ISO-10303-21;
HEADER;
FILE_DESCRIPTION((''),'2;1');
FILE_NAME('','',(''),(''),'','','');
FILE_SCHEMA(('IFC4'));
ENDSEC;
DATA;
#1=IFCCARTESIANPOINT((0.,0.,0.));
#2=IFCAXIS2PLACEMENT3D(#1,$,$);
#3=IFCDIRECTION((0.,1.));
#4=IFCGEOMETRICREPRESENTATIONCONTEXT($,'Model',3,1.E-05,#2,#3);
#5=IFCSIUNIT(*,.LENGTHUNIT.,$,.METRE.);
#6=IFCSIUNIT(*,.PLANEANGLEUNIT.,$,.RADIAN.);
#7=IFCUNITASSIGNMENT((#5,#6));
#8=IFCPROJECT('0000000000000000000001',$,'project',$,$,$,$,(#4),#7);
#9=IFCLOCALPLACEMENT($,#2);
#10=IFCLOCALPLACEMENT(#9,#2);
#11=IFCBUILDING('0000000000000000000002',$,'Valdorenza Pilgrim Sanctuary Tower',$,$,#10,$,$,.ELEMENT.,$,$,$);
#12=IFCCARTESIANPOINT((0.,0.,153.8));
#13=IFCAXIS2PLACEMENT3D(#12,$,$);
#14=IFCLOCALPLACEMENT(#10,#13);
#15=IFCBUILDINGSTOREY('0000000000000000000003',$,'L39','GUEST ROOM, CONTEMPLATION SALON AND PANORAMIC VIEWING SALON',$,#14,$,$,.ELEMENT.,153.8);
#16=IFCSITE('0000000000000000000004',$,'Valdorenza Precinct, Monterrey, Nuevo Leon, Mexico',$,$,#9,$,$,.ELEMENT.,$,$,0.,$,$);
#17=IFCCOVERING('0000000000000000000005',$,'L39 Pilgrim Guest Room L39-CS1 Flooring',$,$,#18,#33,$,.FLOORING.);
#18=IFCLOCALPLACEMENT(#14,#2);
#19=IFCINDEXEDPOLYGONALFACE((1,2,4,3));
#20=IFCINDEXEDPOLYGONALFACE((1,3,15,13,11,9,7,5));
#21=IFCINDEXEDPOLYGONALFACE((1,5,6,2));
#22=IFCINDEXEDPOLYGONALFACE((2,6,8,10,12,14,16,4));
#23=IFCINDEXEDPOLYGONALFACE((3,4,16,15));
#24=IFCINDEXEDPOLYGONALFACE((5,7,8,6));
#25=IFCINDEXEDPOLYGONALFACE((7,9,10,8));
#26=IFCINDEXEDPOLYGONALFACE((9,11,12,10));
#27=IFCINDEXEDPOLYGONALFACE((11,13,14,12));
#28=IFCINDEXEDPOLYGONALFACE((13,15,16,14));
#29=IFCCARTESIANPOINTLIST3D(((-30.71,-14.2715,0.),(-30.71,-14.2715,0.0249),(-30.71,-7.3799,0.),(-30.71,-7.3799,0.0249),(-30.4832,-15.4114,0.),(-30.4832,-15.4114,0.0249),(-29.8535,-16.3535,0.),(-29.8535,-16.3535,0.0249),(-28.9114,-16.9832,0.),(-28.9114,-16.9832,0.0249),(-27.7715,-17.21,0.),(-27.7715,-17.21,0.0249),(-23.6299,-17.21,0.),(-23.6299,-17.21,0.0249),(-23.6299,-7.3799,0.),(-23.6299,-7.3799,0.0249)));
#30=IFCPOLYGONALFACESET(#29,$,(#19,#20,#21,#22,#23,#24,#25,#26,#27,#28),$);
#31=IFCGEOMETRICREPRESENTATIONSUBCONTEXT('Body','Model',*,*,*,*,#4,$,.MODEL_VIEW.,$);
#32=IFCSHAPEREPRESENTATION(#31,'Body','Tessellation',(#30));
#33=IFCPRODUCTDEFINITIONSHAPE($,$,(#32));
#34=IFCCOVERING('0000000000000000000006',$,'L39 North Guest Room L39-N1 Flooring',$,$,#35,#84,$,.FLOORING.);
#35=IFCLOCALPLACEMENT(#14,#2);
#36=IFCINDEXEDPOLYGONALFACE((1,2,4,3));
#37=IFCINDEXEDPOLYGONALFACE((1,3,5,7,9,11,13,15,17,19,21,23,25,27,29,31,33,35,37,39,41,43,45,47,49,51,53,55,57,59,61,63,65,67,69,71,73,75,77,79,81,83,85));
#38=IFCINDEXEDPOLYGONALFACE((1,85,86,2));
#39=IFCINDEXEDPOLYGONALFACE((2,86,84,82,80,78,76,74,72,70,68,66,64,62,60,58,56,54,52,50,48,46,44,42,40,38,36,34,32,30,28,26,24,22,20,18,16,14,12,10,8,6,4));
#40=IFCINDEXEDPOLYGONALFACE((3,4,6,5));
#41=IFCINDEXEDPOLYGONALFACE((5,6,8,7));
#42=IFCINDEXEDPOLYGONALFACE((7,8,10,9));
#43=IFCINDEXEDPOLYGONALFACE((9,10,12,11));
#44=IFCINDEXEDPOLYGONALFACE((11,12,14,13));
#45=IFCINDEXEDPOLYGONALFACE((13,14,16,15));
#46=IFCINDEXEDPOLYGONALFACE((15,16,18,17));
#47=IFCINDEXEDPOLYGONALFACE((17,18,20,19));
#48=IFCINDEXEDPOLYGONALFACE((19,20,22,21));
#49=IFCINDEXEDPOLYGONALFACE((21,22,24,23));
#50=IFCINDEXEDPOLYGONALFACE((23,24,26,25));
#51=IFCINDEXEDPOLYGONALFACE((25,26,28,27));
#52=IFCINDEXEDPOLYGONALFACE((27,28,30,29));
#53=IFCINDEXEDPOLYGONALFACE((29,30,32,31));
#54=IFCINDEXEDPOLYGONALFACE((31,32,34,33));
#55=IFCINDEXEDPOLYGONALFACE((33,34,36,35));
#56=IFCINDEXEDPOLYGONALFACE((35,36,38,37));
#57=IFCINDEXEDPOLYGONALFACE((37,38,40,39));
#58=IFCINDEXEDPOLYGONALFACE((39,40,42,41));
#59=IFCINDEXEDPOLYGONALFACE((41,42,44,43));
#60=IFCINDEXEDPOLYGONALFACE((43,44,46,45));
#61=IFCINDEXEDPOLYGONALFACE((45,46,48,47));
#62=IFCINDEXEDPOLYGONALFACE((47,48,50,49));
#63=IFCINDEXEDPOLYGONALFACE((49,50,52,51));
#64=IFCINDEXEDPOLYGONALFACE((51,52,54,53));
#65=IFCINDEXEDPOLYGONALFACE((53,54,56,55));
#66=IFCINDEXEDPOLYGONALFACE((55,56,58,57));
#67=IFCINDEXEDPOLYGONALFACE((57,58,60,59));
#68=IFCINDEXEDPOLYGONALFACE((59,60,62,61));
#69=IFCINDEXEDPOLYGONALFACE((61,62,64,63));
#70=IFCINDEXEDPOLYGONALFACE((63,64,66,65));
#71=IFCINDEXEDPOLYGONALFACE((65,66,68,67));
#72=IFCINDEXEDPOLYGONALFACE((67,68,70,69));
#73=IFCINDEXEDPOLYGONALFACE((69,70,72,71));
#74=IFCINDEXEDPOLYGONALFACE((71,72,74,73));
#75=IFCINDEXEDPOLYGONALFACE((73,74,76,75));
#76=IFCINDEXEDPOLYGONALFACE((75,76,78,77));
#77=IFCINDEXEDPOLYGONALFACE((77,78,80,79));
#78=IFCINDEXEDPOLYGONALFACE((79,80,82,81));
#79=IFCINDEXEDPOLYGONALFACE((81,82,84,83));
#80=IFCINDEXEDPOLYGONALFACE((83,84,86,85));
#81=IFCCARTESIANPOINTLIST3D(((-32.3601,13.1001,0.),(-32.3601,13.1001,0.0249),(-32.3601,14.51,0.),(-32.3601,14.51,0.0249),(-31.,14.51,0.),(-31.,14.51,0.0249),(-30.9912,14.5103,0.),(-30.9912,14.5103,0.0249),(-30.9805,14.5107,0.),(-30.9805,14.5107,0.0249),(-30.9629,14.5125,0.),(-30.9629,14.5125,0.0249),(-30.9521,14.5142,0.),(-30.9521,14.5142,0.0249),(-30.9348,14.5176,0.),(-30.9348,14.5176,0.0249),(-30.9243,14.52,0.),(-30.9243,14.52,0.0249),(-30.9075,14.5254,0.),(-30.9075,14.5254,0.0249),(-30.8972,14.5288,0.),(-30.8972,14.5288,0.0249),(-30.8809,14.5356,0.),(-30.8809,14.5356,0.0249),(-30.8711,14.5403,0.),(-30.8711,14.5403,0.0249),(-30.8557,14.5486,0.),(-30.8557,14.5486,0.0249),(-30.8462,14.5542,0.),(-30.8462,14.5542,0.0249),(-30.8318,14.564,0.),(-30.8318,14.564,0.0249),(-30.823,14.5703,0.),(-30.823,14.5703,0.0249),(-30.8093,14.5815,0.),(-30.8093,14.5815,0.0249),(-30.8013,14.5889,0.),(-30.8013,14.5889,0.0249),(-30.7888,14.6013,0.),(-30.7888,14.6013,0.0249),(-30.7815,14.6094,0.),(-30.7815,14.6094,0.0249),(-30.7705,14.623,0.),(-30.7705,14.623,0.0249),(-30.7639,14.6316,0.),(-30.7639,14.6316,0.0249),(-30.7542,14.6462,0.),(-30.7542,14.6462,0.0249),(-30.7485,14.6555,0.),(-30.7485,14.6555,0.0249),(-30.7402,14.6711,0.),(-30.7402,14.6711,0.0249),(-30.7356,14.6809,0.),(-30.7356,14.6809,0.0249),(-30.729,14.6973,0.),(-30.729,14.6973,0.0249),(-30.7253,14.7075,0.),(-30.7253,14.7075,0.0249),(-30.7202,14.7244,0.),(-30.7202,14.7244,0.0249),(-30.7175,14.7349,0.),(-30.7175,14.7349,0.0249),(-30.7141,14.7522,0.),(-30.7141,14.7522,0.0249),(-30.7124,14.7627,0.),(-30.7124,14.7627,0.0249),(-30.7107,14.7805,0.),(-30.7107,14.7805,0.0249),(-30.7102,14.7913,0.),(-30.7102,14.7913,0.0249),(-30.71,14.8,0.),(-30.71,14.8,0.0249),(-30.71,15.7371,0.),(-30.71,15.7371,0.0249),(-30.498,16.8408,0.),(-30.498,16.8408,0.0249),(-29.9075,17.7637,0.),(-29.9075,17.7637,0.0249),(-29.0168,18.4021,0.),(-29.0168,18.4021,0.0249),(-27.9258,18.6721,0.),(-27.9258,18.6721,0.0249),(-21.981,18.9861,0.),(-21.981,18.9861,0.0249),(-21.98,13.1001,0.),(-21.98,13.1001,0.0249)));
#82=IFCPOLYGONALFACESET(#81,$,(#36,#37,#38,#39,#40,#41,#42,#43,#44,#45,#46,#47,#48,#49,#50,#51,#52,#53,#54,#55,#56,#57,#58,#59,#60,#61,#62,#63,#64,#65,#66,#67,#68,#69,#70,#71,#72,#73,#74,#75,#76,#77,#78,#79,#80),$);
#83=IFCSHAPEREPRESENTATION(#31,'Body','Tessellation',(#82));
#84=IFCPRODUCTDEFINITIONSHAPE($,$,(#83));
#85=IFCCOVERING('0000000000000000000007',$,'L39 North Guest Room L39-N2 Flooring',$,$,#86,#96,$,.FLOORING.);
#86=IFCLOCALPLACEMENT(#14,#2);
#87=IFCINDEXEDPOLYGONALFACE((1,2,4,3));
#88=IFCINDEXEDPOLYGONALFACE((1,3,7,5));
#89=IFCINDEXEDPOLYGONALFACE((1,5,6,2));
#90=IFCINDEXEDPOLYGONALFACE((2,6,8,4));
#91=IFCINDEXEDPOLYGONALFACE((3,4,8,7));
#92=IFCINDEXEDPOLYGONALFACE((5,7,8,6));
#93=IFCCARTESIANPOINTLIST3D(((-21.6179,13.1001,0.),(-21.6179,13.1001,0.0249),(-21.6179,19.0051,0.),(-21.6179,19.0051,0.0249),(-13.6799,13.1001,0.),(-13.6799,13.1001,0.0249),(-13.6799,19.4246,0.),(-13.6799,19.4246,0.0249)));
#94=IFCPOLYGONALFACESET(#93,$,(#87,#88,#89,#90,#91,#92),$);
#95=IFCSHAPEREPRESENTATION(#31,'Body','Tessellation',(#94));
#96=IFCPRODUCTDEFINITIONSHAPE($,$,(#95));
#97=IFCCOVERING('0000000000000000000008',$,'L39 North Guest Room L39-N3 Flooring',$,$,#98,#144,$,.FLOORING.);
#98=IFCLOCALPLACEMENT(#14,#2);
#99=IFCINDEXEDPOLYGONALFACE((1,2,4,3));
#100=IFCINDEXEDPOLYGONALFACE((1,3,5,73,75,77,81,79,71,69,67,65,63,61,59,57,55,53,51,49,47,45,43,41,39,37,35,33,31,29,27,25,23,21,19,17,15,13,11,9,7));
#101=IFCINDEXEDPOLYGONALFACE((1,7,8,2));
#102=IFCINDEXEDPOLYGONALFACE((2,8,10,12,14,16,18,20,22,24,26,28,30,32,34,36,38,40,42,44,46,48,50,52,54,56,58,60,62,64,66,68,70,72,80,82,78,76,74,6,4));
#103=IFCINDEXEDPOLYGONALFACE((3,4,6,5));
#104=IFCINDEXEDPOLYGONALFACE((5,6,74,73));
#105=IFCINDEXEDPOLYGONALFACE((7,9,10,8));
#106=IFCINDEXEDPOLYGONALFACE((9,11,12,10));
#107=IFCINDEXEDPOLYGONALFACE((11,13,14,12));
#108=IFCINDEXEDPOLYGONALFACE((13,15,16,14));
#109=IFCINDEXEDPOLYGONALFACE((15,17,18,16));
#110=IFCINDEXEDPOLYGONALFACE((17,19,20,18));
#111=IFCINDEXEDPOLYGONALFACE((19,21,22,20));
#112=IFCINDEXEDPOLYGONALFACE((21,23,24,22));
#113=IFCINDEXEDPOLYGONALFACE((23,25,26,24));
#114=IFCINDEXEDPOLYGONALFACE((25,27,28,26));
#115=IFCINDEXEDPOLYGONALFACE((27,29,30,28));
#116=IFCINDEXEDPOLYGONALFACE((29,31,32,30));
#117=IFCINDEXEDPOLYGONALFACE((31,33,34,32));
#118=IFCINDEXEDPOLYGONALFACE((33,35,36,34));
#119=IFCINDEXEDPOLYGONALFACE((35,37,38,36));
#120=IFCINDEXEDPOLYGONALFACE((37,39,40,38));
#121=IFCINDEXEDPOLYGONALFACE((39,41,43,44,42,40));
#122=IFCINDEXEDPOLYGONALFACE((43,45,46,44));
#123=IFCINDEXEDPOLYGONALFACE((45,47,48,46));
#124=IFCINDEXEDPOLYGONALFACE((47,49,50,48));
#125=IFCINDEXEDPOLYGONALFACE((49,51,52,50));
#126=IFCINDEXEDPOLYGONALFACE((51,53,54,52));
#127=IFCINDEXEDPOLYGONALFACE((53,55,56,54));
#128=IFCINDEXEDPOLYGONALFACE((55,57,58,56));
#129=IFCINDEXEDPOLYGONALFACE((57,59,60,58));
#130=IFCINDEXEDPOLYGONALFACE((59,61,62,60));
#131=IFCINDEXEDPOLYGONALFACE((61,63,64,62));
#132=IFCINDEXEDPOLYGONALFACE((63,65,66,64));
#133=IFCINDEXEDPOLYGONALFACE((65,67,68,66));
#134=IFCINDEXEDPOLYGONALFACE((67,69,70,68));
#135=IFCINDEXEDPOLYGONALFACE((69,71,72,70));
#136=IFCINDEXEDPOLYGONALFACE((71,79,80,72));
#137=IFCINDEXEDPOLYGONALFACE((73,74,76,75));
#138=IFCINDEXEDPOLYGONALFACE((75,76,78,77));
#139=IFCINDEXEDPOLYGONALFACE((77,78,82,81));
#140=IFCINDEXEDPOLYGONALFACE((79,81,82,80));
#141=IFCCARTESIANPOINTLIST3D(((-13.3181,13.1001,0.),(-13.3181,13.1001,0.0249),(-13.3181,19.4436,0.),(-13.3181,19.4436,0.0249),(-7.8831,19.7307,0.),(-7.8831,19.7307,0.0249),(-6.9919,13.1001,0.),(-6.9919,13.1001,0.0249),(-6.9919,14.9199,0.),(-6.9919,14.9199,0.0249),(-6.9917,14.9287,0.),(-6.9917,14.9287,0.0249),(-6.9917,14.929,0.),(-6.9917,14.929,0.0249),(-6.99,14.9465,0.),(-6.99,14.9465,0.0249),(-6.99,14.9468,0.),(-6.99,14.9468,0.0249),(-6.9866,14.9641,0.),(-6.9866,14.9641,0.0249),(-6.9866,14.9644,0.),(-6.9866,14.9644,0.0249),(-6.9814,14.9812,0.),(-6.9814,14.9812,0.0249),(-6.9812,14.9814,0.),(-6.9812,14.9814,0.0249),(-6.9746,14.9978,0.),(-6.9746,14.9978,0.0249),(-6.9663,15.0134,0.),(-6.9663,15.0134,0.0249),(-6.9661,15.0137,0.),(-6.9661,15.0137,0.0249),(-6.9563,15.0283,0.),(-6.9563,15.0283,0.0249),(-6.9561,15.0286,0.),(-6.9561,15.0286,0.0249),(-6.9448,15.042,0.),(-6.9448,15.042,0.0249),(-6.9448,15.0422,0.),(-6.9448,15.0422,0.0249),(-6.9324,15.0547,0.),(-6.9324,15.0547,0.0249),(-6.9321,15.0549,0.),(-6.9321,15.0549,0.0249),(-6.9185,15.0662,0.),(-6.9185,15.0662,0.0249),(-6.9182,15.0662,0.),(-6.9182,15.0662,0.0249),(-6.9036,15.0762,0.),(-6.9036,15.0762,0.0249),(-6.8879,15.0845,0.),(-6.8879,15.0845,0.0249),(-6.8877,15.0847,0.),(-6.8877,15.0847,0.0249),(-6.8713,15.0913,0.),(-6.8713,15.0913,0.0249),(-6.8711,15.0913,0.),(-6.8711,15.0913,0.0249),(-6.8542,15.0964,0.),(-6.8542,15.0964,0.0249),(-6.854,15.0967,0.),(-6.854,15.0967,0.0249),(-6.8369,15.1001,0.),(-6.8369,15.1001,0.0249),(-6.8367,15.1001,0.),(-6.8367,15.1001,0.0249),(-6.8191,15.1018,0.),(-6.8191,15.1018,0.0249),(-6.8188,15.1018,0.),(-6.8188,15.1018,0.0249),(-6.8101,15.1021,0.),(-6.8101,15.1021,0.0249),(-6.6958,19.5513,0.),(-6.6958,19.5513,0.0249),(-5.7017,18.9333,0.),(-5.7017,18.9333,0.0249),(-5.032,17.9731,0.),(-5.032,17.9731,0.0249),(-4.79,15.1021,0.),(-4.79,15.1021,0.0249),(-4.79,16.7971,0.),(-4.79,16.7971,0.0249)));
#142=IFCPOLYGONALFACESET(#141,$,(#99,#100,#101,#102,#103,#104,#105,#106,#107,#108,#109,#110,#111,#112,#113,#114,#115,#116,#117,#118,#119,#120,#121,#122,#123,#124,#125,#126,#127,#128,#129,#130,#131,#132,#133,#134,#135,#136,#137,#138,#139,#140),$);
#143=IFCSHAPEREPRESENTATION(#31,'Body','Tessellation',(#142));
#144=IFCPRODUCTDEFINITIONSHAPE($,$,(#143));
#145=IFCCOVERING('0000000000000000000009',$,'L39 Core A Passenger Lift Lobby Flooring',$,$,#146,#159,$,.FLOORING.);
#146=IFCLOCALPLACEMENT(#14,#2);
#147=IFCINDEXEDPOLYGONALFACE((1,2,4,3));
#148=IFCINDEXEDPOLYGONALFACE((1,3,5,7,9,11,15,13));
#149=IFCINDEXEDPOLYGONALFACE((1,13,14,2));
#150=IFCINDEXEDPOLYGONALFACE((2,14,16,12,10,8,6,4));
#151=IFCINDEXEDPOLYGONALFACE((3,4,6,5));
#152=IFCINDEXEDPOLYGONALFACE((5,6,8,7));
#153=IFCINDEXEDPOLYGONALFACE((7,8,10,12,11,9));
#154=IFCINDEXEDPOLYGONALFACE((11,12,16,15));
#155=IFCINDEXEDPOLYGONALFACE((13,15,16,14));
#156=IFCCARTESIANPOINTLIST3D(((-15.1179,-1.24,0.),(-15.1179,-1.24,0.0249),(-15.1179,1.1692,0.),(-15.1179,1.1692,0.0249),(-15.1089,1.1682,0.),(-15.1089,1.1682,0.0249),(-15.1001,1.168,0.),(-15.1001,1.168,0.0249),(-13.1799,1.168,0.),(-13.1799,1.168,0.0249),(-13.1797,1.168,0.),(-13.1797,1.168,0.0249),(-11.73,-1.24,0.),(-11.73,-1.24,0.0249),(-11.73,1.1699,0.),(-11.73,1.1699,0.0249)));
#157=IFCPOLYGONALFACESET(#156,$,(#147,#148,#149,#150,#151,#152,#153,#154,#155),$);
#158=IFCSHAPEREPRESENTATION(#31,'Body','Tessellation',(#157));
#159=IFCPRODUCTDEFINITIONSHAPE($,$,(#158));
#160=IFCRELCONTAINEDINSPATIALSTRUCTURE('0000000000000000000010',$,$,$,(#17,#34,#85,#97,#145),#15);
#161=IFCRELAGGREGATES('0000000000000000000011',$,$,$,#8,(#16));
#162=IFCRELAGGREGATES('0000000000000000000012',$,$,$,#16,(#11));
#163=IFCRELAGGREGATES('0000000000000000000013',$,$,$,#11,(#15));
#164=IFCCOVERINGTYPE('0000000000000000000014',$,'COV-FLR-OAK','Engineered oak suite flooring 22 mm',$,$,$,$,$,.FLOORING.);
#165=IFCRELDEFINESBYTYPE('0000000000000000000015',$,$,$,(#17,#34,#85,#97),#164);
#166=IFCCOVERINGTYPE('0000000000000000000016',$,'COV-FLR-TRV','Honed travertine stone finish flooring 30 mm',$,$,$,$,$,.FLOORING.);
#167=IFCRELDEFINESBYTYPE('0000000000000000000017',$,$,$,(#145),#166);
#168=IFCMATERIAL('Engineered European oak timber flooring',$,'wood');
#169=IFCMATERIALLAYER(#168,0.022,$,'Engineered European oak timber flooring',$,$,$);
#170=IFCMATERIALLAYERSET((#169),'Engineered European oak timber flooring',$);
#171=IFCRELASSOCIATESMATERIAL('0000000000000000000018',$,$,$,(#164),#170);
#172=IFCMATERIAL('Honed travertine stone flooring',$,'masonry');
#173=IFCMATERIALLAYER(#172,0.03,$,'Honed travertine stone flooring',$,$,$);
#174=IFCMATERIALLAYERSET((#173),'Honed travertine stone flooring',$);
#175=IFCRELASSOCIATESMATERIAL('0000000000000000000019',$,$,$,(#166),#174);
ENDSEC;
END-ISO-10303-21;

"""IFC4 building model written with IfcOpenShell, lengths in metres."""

from ifc_helpers import new_model, si_unit, direction, frame, origin, place, context, subcontext, project, spatial, polyline, outline, extrude, material, layer, layer_set, type_object, element, save


model = new_model("IFC4")

# Units and contexts
model_context = context("Model", 3, precision=1e-05, world=origin(), true_north=direction((0.0, 1.0)))
body_context = subcontext(model_context, "Body", "Model", "MODEL_VIEW")
ifc_project = project(units=[si_unit("LENGTHUNIT", "METRE"), si_unit("PLANEANGLEUNIT", "RADIAN")], contexts=[model_context])

# Site, building, storey
site_placement = place(None, origin())
site = spatial("IfcSite", under=ifc_project, at=site_placement, Name="Valdorenza Precinct, Monterrey, Nuevo Leon, Mexico", CompositionType="ELEMENT", RefElevation=0.0)
building_placement = place(site_placement, origin())
building = spatial("IfcBuilding", under=site, at=building_placement, Name="Valdorenza Pilgrim Sanctuary Tower", CompositionType="ELEMENT")
storey_placement = place(building_placement, frame((0.0, 0.0, 153.8)))
storey = spatial("IfcBuildingStorey", under=building, at=storey_placement, Name="L39", Description="GUEST ROOM, CONTEMPLATION SALON AND PANORAMIC VIEWING SALON", CompositionType="ELEMENT", Elevation=153.8)

# Coverings
ifc_material_1 = material(Name="Engineered European oak timber flooring", Category="wood")
ifc_layer_1 = layer(ifc_material_1, 0.022, Name="Engineered European oak timber flooring")
ifc_layer_set_1 = layer_set([ifc_layer_1], Name="Engineered European oak timber flooring")
covering_type_1 = type_object("IfcCoveringType", Name="COV-FLR-OAK", Description="Engineered oak suite flooring 22 mm", PredefinedType="FLOORING", material=ifc_layer_set_1)
covering_1_placement = place(storey_placement, origin())
element("IfcCovering", 1, at=covering_1_placement, inside=storey, type_object=covering_type_1, Name="L39 Pilgrim Guest Room L39-CS1 Flooring", PredefinedType="FLOORING", context=body_context, shape_type="SweptSolid", body=[
    extrude(outline(polyline([(-23.6299, -7.3799), (-23.6299, -17.21), (-27.7715, -17.21), (-28.9114, -16.9832), (-29.8535, -16.3535), (-30.4832, -15.4114), (-30.71, -14.2715), (-30.71, -7.3799), (-23.6299, -7.3799)])), origin(), (0.0, 0.0, 1.0), 0.0249),
])
covering_2_placement = place(storey_placement, origin())
element("IfcCovering", 2, at=covering_2_placement, inside=storey, type_object=covering_type_1, Name="L39 North Guest Room L39-N1 Flooring", PredefinedType="FLOORING", context=body_context, shape_type="SweptSolid", body=[
    extrude(outline(polyline([(-31.0, 14.51), (-30.9912, 14.5103), (-30.9805, 14.5107), (-30.9629, 14.5125), (-30.9521, 14.5142), (-30.9348, 14.5176), (-30.9243, 14.52), (-30.9075, 14.5254), (-30.8972, 14.5288), (-30.8809, 14.5356), (-30.8711, 14.5403), (-30.8557, 14.5486), (-30.8462, 14.5542), (-30.8318, 14.564), (-30.823, 14.5703), (-30.8093, 14.5815), (-30.8013, 14.5889), (-30.7888, 14.6013), (-30.7815, 14.6094), (-30.7705, 14.623), (-30.7639, 14.6316), (-30.7542, 14.6462), (-30.7485, 14.6555), (-30.7402, 14.6711), (-30.7356, 14.6809), (-30.729, 14.6973), (-30.7253, 14.7075), (-30.7202, 14.7244), (-30.7175, 14.7349), (-30.7141, 14.7522), (-30.7124, 14.7627), (-30.7107, 14.7805), (-30.7102, 14.7913), (-30.71, 14.8), (-30.71, 15.7371), (-30.498, 16.8408), (-29.9075, 17.7637), (-29.0168, 18.4021), (-27.9258, 18.6721), (-21.981, 18.9861), (-21.98, 13.1001), (-32.3601, 13.1001), (-32.3601, 14.51), (-31.0, 14.51)])), origin(), (0.0, 0.0, 1.0), 0.0249),
])
covering_3_placement = place(storey_placement, origin())
element("IfcCovering", 3, at=covering_3_placement, inside=storey, type_object=covering_type_1, Name="L39 North Guest Room L39-N2 Flooring", PredefinedType="FLOORING", context=body_context, shape_type="SweptSolid", body=[
    extrude(outline(polyline([(-13.6799, 19.4246), (-13.6799, 13.1001), (-21.6179, 13.1001), (-21.6179, 19.0051), (-13.6799, 19.4246)])), origin(), (0.0, 0.0, 1.0), 0.0249),
])
covering_4_placement = place(storey_placement, origin())
element("IfcCovering", 4, at=covering_4_placement, inside=storey, type_object=covering_type_1, Name="L39 North Guest Room L39-N3 Flooring", PredefinedType="FLOORING", context=body_context, shape_type="SweptSolid", body=[
    extrude(outline(polyline([(-7.8831, 19.7307), (-6.6958, 19.5513), (-5.7017, 18.9333), (-5.032, 17.9731), (-4.79, 16.7971), (-4.79, 15.1021), (-6.8101, 15.1021), (-6.8188, 15.1018), (-6.8191, 15.1018), (-6.8367, 15.1001), (-6.8369, 15.1001), (-6.854, 15.0967), (-6.8542, 15.0964), (-6.8711, 15.0913), (-6.8713, 15.0913), (-6.8877, 15.0847), (-6.8879, 15.0845), (-6.9036, 15.0762), (-6.9036, 15.0762), (-6.9182, 15.0662), (-6.9185, 15.0662), (-6.9321, 15.0549), (-6.9324, 15.0547), (-6.9448, 15.0422), (-6.9448, 15.042), (-6.9561, 15.0286), (-6.9563, 15.0283), (-6.9661, 15.0137), (-6.9663, 15.0134), (-6.9746, 14.9978), (-6.9746, 14.9978), (-6.9812, 14.9814), (-6.9814, 14.9812), (-6.9866, 14.9644), (-6.9866, 14.9641), (-6.99, 14.9468), (-6.99, 14.9465), (-6.9917, 14.929), (-6.9917, 14.9287), (-6.9919, 14.9199), (-6.9919, 13.1001), (-13.3181, 13.1001), (-13.3181, 19.4436), (-7.8831, 19.7307)])), origin(), (0.0, 0.0, 1.0), 0.0249),
])
ifc_material_2 = material(Name="Honed travertine stone flooring", Category="masonry")
ifc_layer_2 = layer(ifc_material_2, 0.03, Name="Honed travertine stone flooring")
ifc_layer_set_2 = layer_set([ifc_layer_2], Name="Honed travertine stone flooring")
covering_type_2 = type_object("IfcCoveringType", Name="COV-FLR-TRV", Description="Honed travertine stone finish flooring 30 mm", PredefinedType="FLOORING", material=ifc_layer_set_2)
covering_5_placement = place(storey_placement, origin())
element("IfcCovering", 5, at=covering_5_placement, inside=storey, type_object=covering_type_2, Name="L39 Core A Passenger Lift Lobby Flooring", PredefinedType="FLOORING", context=body_context, shape_type="SweptSolid", body=[
    extrude(outline(polyline([(-15.1179, 1.1692), (-15.1089, 1.1682), (-15.1089, 1.1682), (-15.1001, 1.168), (-13.1799, 1.168), (-13.1797, 1.168), (-11.73, 1.1699), (-11.73, -1.24), (-15.1179, -1.24), (-15.1179, 1.1692)])), origin(), (0.0, 0.0, 1.0), 0.0249),
])

save(model, "model.ifc")
